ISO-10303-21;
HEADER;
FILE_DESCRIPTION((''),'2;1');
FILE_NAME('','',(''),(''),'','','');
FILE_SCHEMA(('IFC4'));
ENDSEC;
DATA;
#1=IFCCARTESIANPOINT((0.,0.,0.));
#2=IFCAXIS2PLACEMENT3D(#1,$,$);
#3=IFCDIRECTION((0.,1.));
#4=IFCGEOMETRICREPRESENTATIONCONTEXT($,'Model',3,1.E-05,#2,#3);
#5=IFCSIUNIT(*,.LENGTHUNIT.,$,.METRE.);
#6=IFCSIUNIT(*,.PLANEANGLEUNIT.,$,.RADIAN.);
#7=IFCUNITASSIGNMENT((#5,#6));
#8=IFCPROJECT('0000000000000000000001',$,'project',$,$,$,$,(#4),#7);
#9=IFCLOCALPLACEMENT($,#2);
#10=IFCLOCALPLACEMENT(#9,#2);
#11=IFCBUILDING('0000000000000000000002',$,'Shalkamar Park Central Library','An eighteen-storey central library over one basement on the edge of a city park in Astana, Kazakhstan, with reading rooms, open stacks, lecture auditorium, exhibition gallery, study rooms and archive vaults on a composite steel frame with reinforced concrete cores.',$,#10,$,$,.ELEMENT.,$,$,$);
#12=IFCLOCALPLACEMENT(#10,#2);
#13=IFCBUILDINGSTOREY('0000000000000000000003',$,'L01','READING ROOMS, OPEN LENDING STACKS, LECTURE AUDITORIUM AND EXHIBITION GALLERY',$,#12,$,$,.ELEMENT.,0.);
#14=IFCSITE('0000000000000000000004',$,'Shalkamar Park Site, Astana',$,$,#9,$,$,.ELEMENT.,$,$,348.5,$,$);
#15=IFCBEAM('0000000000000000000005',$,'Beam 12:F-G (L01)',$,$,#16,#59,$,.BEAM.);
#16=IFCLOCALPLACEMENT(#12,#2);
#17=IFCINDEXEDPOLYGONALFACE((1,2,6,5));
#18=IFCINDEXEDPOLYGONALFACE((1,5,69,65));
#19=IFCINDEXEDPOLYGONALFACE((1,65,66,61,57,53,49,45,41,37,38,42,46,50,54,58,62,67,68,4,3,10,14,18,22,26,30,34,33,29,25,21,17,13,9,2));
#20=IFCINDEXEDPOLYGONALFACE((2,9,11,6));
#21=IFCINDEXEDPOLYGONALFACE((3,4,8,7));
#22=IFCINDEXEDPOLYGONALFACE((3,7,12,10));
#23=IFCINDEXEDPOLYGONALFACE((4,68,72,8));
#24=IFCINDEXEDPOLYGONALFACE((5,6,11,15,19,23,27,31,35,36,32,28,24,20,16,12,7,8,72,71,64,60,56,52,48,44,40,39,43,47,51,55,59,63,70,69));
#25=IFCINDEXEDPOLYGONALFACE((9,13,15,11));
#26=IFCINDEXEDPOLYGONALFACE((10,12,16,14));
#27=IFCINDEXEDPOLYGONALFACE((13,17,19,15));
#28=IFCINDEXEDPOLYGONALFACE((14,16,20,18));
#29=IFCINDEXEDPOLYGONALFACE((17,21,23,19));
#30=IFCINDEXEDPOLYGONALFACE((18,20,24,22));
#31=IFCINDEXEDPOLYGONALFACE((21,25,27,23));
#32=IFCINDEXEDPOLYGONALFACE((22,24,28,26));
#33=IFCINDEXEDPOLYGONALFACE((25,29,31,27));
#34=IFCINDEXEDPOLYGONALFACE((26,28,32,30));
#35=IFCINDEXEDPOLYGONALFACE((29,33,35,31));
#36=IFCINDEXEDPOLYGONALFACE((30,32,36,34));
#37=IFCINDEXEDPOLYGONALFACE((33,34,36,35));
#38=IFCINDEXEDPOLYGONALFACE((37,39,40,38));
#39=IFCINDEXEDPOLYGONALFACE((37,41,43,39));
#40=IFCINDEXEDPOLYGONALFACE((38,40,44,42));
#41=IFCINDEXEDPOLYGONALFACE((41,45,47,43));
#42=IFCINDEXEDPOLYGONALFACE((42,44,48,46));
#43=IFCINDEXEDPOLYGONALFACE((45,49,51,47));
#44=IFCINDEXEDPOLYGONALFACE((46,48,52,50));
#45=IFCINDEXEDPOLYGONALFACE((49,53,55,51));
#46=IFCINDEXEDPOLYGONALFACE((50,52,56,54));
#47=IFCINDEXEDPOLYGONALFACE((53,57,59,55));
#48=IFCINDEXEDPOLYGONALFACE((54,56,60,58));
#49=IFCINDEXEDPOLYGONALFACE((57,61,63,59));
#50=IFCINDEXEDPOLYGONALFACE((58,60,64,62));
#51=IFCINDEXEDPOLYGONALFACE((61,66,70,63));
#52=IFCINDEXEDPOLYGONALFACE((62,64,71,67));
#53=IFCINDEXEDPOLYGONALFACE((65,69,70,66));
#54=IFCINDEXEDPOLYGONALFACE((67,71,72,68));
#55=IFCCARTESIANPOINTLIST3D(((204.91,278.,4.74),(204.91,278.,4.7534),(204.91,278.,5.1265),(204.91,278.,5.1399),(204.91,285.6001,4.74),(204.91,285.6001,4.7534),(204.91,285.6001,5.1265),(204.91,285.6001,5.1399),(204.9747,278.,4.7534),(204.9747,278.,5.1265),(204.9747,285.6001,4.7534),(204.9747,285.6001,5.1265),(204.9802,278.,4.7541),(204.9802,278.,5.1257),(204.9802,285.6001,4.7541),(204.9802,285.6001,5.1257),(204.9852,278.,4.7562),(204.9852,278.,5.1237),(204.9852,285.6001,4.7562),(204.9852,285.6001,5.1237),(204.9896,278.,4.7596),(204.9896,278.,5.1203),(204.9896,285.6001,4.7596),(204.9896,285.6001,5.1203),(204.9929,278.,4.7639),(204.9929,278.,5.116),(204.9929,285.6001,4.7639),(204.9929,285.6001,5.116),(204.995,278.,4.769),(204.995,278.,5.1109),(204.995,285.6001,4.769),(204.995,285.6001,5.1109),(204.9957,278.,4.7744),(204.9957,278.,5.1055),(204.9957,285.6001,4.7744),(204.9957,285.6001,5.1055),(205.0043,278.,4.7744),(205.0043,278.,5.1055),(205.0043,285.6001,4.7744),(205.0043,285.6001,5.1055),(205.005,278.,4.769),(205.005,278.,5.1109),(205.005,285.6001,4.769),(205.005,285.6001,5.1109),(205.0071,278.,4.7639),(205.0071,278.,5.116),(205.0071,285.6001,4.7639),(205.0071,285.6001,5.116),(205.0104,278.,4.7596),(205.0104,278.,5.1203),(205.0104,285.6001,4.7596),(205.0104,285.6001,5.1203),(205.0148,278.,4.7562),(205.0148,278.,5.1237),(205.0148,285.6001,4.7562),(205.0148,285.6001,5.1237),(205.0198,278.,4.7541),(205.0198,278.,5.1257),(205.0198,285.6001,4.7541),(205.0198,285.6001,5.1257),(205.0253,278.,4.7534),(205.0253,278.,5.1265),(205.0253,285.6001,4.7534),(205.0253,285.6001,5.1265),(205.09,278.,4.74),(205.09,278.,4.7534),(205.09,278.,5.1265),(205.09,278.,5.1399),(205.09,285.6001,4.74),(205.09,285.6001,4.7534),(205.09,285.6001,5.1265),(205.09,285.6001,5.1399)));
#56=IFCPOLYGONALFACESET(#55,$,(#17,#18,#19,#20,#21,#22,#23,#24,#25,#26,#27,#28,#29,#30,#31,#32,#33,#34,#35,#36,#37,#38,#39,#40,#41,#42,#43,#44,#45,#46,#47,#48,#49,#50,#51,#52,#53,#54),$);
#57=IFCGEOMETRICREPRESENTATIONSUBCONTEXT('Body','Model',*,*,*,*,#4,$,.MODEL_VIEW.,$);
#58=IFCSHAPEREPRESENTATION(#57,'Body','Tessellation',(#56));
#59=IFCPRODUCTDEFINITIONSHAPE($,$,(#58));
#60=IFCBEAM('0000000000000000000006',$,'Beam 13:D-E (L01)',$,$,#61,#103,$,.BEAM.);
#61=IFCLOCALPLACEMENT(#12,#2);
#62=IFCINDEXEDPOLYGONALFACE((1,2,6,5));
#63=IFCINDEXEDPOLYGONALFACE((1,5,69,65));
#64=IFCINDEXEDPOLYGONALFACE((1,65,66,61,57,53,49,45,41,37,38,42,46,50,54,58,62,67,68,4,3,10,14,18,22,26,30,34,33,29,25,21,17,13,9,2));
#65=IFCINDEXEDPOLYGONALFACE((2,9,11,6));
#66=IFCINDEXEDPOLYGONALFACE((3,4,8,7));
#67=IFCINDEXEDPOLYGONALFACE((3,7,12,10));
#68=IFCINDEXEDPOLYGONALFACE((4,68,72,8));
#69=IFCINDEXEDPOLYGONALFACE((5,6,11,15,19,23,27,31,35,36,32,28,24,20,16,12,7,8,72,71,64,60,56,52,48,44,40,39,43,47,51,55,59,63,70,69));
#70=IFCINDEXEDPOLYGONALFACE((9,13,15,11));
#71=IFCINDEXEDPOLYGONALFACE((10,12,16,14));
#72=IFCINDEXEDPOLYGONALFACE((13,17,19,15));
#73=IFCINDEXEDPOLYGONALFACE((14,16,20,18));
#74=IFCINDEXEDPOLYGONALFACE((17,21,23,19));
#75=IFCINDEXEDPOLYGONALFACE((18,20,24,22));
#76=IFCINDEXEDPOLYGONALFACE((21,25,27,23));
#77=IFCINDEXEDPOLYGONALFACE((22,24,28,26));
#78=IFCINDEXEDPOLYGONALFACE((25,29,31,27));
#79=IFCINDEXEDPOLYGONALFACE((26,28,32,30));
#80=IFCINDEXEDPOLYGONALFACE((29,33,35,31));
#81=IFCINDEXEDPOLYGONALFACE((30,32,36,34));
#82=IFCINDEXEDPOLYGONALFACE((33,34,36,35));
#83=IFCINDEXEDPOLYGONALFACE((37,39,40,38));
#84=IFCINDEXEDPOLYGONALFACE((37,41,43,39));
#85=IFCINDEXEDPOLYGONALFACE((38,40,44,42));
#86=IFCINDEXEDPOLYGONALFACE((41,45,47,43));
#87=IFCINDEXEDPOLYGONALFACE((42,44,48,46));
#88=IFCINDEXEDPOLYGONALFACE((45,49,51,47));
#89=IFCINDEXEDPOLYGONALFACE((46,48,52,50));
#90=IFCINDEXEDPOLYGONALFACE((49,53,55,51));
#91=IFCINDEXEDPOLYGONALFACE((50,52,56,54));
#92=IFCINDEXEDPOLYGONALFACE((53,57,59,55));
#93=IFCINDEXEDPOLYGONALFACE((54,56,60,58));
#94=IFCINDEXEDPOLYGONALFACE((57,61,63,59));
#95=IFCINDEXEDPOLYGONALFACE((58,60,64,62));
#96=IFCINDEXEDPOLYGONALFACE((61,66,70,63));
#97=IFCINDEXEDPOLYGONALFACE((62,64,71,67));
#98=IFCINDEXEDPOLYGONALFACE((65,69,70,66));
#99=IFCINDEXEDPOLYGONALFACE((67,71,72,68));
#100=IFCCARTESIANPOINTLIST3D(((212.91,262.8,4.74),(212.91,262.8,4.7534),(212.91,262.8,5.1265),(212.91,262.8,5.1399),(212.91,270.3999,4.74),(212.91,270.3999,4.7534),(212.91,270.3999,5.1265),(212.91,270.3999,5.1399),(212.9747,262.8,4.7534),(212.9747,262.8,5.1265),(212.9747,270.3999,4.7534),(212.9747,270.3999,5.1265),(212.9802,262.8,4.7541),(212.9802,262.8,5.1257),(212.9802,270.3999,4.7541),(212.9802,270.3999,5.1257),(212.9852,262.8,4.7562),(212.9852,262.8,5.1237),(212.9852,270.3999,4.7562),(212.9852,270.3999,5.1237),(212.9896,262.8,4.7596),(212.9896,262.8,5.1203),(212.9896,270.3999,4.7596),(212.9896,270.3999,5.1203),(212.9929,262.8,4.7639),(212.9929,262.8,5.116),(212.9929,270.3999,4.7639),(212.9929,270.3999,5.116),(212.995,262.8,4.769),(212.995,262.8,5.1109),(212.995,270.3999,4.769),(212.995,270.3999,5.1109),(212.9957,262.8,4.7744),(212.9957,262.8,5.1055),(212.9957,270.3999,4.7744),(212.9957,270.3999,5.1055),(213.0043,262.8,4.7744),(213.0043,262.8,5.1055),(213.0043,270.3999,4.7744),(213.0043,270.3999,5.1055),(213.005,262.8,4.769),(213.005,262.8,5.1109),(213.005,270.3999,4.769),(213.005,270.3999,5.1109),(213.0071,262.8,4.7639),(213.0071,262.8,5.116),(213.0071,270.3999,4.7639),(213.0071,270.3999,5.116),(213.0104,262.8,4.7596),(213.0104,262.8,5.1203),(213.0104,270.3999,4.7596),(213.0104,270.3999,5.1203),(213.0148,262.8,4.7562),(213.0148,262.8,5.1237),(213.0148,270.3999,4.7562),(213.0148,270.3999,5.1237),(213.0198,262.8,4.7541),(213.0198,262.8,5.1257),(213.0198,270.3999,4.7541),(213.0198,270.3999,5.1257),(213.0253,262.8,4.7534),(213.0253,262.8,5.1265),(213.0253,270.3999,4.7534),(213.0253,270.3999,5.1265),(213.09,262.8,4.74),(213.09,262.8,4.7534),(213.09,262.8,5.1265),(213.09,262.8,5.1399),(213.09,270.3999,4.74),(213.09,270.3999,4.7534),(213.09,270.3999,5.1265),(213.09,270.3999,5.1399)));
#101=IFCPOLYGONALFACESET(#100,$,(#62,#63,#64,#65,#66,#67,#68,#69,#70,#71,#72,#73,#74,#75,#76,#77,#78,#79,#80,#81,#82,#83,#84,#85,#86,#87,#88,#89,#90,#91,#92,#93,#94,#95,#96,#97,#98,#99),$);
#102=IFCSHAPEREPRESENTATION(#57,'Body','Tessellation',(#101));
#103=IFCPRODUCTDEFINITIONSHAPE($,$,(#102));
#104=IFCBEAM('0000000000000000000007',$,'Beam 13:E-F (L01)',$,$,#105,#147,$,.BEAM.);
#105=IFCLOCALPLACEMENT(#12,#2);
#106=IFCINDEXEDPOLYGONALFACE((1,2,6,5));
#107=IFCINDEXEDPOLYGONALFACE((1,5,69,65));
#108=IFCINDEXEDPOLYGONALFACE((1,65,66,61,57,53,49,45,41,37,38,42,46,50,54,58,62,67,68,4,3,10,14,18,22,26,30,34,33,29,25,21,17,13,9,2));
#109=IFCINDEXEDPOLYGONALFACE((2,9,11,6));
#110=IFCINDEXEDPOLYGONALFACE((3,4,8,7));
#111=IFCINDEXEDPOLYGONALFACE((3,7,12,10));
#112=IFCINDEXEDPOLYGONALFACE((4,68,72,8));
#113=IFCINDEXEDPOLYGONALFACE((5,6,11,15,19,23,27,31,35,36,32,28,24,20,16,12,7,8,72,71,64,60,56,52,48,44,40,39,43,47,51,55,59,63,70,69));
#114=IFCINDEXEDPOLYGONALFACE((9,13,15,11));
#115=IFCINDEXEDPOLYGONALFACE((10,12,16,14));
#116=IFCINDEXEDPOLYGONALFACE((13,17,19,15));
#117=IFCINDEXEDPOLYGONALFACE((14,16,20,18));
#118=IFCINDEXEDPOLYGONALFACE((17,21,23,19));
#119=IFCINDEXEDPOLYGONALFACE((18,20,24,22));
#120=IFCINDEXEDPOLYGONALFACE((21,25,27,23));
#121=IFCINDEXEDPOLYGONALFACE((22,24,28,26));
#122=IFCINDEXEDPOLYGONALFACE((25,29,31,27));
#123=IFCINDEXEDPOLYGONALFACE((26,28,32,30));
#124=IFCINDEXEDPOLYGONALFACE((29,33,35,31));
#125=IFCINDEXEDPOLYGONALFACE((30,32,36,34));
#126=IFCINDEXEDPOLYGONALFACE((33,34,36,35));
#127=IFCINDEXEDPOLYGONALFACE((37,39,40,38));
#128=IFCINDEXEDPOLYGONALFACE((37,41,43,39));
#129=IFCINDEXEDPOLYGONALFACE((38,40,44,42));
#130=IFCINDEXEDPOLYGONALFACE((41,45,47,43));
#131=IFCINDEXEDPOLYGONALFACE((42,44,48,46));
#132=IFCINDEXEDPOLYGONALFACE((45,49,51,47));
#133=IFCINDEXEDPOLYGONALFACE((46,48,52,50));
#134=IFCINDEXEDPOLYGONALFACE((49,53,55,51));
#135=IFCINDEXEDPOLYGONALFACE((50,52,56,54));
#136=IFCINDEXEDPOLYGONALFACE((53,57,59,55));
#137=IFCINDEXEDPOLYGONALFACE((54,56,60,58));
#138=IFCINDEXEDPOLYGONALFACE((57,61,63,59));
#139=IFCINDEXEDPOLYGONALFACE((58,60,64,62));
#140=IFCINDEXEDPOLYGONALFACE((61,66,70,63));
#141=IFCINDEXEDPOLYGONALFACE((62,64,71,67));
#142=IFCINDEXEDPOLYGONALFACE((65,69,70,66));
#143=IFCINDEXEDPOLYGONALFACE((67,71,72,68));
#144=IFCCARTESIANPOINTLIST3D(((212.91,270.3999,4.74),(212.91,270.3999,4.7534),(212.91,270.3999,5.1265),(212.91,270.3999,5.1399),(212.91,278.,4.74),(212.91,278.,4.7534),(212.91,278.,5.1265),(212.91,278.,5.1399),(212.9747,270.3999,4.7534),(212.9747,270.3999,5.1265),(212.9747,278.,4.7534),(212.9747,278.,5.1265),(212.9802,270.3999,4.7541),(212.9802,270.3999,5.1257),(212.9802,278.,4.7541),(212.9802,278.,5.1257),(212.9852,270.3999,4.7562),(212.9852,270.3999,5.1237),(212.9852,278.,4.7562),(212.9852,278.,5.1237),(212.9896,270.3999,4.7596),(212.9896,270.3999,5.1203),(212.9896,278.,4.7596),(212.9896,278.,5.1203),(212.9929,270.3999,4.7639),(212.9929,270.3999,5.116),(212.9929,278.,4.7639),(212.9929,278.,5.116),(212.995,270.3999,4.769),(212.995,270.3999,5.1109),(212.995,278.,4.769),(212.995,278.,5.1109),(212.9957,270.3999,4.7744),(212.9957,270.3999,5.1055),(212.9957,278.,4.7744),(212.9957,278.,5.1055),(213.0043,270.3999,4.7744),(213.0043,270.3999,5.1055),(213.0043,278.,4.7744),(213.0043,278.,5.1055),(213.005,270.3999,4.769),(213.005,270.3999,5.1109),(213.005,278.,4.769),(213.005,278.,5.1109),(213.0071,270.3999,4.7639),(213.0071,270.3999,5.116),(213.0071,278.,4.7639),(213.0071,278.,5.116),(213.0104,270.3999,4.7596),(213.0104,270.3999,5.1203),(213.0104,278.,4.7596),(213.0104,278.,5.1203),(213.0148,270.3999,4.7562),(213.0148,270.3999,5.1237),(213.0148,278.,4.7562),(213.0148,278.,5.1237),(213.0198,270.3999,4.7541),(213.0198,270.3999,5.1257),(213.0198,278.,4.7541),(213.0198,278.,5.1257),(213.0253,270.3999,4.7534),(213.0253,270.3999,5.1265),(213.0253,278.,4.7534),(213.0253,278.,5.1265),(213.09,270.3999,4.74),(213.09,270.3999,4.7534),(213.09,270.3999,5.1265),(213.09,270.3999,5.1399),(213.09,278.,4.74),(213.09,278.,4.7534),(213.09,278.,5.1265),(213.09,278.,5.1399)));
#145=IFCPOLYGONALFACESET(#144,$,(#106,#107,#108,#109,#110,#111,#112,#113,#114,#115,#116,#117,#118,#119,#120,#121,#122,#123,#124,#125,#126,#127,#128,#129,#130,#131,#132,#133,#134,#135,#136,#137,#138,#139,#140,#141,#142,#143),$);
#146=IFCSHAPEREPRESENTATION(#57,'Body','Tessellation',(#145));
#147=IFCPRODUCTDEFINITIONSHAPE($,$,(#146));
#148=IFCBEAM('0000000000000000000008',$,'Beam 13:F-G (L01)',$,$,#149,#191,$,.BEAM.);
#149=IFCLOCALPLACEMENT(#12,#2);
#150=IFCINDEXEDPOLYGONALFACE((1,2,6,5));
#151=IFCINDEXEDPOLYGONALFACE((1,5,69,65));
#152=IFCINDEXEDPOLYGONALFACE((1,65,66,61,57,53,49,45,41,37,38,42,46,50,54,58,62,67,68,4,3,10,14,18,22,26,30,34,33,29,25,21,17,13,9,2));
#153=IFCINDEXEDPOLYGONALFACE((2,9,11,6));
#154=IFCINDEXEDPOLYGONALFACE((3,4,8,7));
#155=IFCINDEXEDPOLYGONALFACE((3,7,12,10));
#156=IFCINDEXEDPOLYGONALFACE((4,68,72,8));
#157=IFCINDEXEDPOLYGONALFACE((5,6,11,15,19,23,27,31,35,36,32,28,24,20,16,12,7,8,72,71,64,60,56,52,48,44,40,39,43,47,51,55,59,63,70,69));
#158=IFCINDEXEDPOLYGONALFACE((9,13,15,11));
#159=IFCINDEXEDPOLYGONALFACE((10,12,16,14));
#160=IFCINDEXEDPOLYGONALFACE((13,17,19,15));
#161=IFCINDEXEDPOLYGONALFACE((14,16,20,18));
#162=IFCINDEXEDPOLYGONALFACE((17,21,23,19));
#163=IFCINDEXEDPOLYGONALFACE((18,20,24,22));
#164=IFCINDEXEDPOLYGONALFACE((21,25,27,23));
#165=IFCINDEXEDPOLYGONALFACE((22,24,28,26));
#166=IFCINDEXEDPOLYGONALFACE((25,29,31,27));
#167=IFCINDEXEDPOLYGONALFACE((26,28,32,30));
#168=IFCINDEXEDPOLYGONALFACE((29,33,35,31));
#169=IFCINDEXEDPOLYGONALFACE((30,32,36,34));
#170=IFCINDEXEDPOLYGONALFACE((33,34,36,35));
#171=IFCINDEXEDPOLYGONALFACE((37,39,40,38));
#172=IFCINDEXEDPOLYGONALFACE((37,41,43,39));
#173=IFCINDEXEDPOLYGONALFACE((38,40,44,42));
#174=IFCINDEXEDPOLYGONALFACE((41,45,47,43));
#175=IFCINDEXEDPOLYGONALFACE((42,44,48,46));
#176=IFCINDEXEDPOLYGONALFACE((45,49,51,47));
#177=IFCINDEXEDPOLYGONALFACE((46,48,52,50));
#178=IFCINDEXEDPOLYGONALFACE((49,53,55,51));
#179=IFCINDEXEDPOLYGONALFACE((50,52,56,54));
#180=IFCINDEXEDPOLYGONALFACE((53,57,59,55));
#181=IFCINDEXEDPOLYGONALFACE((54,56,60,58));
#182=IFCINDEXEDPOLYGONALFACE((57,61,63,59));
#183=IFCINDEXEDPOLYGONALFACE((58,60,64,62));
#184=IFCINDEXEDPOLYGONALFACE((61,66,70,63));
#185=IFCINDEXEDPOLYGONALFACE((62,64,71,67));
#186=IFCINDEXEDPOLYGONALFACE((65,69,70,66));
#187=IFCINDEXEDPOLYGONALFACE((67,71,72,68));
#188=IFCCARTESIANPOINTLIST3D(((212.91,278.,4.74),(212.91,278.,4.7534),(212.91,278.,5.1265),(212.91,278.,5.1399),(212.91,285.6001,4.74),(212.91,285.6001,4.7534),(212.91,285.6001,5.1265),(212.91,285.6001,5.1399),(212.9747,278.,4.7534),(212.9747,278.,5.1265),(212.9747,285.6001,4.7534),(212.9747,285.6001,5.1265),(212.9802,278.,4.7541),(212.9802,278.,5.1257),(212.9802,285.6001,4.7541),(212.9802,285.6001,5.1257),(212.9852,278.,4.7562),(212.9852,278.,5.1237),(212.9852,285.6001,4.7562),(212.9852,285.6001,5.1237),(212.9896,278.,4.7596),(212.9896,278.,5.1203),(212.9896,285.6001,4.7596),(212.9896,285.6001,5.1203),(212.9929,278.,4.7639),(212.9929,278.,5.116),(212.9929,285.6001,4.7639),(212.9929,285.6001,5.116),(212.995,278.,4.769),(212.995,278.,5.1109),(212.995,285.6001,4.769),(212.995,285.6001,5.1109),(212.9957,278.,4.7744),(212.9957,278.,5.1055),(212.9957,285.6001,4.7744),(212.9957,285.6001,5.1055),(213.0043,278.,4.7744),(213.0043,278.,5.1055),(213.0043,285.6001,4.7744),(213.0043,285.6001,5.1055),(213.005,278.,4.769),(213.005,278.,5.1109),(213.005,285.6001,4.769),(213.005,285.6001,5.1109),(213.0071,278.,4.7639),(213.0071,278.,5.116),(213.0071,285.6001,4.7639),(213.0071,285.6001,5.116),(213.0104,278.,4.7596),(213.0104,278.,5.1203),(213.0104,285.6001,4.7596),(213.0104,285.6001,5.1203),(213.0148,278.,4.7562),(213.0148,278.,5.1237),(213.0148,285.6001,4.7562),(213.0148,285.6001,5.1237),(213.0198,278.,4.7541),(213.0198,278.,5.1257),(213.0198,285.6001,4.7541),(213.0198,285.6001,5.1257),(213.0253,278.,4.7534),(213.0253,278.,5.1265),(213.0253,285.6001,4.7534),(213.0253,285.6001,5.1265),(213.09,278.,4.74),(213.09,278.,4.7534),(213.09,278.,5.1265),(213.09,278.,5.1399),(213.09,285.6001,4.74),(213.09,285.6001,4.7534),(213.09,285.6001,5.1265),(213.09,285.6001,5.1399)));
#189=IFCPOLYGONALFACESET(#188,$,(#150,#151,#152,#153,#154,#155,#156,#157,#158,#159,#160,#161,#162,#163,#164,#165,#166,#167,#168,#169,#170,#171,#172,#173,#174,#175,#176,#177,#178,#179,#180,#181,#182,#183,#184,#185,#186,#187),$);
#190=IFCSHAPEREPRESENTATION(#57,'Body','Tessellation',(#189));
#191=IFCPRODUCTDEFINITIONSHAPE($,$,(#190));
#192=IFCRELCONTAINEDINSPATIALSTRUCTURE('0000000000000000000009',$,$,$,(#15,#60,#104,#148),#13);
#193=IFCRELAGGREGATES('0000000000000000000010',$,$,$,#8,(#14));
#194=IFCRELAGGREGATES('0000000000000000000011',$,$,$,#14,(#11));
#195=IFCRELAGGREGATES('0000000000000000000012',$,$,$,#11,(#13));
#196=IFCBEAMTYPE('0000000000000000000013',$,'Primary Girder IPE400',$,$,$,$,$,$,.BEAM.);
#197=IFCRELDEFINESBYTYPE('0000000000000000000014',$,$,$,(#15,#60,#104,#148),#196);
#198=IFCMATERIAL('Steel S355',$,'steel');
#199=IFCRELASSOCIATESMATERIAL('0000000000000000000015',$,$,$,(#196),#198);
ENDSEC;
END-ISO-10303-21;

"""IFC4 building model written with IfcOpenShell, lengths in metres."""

from ifc_helpers import new_model, si_unit, direction, frame, origin, origin_2d, place, context, subcontext, project, spatial, i_section, extrude, material, material_profile, profile_set, type_object, element, save


model = new_model("IFC4")

# Units and contexts
model_context = context("Model", 3, precision=1e-05, world=origin(), true_north=direction((0.0, 1.0)))
body_context = subcontext(model_context, "Body", "Model", "MODEL_VIEW")
ifc_project = project(units=[si_unit("LENGTHUNIT", "METRE"), si_unit("PLANEANGLEUNIT", "RADIAN")], contexts=[model_context])

# Site, building, storey
site_placement = place(None, origin())
site = spatial("IfcSite", under=ifc_project, at=site_placement, Name="Shalkamar Park Site, Astana", CompositionType="ELEMENT", RefElevation=348.5)
building_placement = place(site_placement, origin())
building = spatial("IfcBuilding", under=site, at=building_placement, Name="Shalkamar Park Central Library", Description="An eighteen-storey central library over one basement on the edge of a city park in Astana, Kazakhstan, with reading rooms, open stacks, lecture auditorium, exhibition gallery, study rooms and archive vaults on a composite steel frame with reinforced concrete cores.", CompositionType="ELEMENT")
storey_placement = place(building_placement, origin())
storey = spatial("IfcBuildingStorey", under=building, at=storey_placement, Name="L01", Description="READING ROOMS, OPEN LENDING STACKS, LECTURE AUDITORIUM AND EXHIBITION GALLERY", CompositionType="ELEMENT", Elevation=0.0)

# Shared definitions
ifc_material = material(Name="Steel S355", Category="steel")

# Beams
ifc_material_profile_1 = material_profile(ifc_material, i_section(OverallWidth=0.1799, OverallDepth=0.3999, WebThickness=0.0085, FlangeThickness=0.0134, FilletRadius=0.021, at=origin_2d()), Name="IPE 400")
ifc_profile_set_1 = profile_set([ifc_material_profile_1], Name="Steel S355")
beam_type_1 = type_object("IfcBeamType", Name="Primary Girder IPE400", PredefinedType="BEAM", material=ifc_profile_set_1)
beam_1_placement = place(storey_placement, frame((205.0, 278.0, 4.9399), z_axis=(0.0, 1.0, 0.0), x_axis=(-1.0, 0.0, 0.0)))
element("IfcBeam", 1, at=beam_1_placement, inside=storey, type_object=beam_type_1, Name="Beam 12:F-G (L01)", PredefinedType="BEAM", context=body_context, shape_type="SweptSolid", body=[
    extrude(i_section(OverallWidth=0.1799, OverallDepth=0.3999, WebThickness=0.0085, FlangeThickness=0.0134, FilletRadius=0.021, at=origin_2d()), origin(), (0.0, 0.0, 1.0), 7.6001),
])
beam_2_placement = place(storey_placement, frame((213.0, 262.8, 4.9399), z_axis=(0.0, 1.0, 0.0), x_axis=(-1.0, 0.0, 0.0)))
element("IfcBeam", 2, at=beam_2_placement, inside=storey, type_object=beam_type_1, Name="Beam 13:D-E (L01)", PredefinedType="BEAM", context=body_context, shape_type="SweptSolid", body=[
    extrude(i_section(OverallWidth=0.1799, OverallDepth=0.3999, WebThickness=0.0085, FlangeThickness=0.0134, FilletRadius=0.021, at=origin_2d()), origin(), (0.0, 0.0, 1.0), 7.5999),
])
for number, where, z_axis, x_axis, name in (
    (3, (213.0, 270.3999, 4.9399), (0.0, 1.0, 0.0), (-1.0, 0.0, 0.0), "Beam 13:E-F (L01)"),
    (4, (213.0, 278.0, 4.9399), (0.0, 1.0, 0.0), (-1.0, 0.0, 0.0), "Beam 13:F-G (L01)"),
):
    element("IfcBeam", number, at=place(storey_placement, frame(where, z_axis=z_axis, x_axis=x_axis)), inside=storey, type_object=beam_type_1, Name=name, PredefinedType="BEAM", context=body_context, shape_type="SweptSolid", body=[
        extrude(i_section(OverallWidth=0.1799, OverallDepth=0.3999, WebThickness=0.0085, FlangeThickness=0.0134, FilletRadius=0.021, at=origin_2d()), origin(), (0.0, 0.0, 1.0), 7.6001),
    ])

save(model, "model.ifc")
